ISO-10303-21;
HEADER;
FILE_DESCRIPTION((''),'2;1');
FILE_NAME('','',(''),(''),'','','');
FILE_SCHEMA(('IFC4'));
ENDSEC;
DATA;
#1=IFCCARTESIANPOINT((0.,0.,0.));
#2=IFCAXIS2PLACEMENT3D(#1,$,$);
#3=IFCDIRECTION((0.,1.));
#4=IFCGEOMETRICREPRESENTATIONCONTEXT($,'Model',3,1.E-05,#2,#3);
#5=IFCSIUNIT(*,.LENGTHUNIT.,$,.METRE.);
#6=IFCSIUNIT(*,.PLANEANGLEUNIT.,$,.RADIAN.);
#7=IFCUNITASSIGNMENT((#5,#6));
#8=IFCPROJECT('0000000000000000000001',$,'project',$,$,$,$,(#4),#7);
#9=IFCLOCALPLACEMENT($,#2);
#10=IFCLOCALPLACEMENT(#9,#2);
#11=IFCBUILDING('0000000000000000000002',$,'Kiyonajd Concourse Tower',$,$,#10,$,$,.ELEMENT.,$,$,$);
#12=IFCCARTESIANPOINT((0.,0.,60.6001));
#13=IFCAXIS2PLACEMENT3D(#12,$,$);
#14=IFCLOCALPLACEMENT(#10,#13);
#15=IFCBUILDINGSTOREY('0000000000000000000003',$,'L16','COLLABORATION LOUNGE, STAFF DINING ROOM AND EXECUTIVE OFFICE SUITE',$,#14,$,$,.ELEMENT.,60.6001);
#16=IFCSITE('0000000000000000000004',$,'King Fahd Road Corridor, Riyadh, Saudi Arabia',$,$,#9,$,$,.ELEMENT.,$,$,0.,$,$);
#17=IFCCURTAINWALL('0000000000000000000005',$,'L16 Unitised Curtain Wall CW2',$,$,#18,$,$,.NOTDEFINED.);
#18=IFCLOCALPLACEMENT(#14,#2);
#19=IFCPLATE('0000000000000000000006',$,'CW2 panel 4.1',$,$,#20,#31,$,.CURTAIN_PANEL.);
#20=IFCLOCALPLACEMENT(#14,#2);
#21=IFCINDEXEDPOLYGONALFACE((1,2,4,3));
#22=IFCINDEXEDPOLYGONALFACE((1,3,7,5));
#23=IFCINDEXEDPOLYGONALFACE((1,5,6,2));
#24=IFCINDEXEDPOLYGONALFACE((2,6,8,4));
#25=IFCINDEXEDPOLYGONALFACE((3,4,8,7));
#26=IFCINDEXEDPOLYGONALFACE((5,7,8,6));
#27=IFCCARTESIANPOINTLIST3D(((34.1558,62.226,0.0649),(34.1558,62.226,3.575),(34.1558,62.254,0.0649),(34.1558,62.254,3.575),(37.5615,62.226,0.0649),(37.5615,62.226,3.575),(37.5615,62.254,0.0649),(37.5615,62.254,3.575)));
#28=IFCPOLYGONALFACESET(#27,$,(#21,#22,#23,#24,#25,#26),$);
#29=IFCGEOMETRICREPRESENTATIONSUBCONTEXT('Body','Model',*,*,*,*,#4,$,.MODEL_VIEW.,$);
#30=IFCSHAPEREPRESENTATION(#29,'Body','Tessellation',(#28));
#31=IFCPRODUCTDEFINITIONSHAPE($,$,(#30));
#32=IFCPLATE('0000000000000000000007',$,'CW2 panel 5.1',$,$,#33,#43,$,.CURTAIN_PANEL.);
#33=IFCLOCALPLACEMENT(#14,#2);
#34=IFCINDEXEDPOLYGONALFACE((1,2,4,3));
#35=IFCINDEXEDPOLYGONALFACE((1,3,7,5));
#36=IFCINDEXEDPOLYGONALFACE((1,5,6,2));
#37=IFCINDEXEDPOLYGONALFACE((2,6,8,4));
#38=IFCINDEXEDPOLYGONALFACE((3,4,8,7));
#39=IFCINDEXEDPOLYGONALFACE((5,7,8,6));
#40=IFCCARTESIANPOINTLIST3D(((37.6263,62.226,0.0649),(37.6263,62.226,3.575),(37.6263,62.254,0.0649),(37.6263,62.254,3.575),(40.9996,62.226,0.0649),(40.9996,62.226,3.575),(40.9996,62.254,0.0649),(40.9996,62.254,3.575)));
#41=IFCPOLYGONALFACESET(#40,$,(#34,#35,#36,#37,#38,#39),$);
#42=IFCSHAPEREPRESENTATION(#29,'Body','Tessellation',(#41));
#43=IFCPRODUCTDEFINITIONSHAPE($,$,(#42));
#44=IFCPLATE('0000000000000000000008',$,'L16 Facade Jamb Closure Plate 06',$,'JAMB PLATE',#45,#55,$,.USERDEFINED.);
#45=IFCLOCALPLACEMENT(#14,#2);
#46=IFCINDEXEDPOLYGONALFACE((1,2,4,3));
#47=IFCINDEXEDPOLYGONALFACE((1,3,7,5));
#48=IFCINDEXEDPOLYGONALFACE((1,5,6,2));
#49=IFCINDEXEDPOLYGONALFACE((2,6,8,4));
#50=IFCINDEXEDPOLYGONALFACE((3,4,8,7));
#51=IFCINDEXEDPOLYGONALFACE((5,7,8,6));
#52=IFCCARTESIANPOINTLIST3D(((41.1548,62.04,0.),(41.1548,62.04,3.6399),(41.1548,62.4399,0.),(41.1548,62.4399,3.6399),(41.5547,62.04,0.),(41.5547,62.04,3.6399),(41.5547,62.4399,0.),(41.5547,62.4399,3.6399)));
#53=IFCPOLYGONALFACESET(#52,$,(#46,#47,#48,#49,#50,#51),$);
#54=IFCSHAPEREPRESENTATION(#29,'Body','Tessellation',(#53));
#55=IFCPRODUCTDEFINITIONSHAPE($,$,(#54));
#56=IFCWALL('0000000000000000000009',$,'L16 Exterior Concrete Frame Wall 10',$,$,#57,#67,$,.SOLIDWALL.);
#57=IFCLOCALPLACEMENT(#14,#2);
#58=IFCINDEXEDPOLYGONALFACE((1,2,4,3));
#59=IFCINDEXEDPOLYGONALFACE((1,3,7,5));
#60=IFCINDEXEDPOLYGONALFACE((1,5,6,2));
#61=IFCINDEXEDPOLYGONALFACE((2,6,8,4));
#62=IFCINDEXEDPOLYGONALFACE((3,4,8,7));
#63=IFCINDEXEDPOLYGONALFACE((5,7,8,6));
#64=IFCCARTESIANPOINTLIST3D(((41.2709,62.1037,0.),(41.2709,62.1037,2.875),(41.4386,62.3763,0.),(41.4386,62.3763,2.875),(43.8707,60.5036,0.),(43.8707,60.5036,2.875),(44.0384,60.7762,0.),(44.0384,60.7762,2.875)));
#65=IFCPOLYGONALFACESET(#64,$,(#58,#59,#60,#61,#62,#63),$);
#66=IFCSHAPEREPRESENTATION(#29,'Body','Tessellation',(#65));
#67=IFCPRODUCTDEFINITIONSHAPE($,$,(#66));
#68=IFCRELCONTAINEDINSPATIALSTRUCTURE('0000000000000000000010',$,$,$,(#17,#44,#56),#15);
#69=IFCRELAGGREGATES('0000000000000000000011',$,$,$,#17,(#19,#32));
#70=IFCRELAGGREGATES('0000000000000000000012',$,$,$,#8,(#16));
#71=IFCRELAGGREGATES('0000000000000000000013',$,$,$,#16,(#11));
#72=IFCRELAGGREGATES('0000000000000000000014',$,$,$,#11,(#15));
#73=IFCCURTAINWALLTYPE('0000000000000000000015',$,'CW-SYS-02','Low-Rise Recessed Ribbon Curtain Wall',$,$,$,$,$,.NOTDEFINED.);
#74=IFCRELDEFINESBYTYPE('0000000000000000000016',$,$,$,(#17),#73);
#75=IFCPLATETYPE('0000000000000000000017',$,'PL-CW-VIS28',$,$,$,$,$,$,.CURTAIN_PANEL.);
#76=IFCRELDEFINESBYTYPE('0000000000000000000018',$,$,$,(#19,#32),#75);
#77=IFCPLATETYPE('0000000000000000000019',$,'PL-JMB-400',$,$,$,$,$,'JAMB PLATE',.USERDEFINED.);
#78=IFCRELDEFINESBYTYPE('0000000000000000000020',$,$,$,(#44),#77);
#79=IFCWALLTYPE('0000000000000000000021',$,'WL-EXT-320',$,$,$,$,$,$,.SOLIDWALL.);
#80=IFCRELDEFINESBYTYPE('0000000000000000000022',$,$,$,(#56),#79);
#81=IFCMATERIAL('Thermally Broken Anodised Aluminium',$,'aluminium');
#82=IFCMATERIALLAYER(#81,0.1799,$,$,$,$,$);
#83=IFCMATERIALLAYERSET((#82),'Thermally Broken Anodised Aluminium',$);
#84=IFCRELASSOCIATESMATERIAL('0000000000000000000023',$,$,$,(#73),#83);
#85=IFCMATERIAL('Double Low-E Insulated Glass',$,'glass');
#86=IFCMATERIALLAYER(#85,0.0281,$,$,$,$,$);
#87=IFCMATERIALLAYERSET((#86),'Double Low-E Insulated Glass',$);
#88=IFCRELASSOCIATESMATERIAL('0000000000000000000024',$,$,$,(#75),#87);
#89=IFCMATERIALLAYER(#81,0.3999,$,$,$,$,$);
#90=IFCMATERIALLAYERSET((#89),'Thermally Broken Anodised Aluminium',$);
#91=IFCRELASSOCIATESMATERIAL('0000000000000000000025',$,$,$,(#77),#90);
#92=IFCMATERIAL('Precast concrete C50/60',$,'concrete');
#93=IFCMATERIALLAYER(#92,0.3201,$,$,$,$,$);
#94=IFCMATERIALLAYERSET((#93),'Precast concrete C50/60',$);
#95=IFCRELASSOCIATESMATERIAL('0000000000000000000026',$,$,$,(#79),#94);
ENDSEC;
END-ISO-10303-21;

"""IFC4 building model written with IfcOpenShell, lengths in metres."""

from ifc_helpers import new_model, si_unit, direction, frame, frame_2d, origin, origin_2d, place, context, subcontext, project, spatial, rectangle, extrude, material, layer, layer_set, type_object, element, aggregate, save


model = new_model("IFC4")

# Units and contexts
model_context = context("Model", 3, precision=1e-05, world=origin(), true_north=direction((0.0, 1.0)))
body_context = subcontext(model_context, "Body", "Model", "MODEL_VIEW")
ifc_project = project(units=[si_unit("LENGTHUNIT", "METRE"), si_unit("PLANEANGLEUNIT", "RADIAN")], contexts=[model_context])

# Site, building, storey
site_placement = place(None, origin())
site = spatial("IfcSite", under=ifc_project, at=site_placement, Name="King Fahd Road Corridor, Riyadh, Saudi Arabia", CompositionType="ELEMENT", RefElevation=0.0)
building_placement = place(site_placement, origin())
building = spatial("IfcBuilding", under=site, at=building_placement, Name="Kiyonajd Concourse Tower", CompositionType="ELEMENT")
storey_placement = place(building_placement, frame((0.0, 0.0, 60.6001)))
storey = spatial("IfcBuildingStorey", under=building, at=storey_placement, Name="L16", Description="COLLABORATION LOUNGE, STAFF DINING ROOM AND EXECUTIVE OFFICE SUITE", CompositionType="ELEMENT", Elevation=60.6001)

# Shared definitions
ifc_material_1 = material(Name="Precast concrete C50/60", Category="concrete")

# Curtain wall, plates
ifc_material_2 = material(Name="Thermally Broken Anodised Aluminium", Category="aluminium")
ifc_layer_1 = layer(ifc_material_2, 0.1799)
ifc_layer_set_1 = layer_set([ifc_layer_1], Name="Thermally Broken Anodised Aluminium")
curtain_wall_type = type_object("IfcCurtainWallType", Name="CW-SYS-02", Description="Low-Rise Recessed Ribbon Curtain Wall", PredefinedType="NOTDEFINED", material=ifc_layer_set_1)
curtain_wall_placement = place(storey_placement, origin())
curtain_wall = element("IfcCurtainWall", 1, at=curtain_wall_placement, inside=storey, type_object=curtain_wall_type, Name="L16 Unitised Curtain Wall CW2", PredefinedType="NOTDEFINED")
ifc_material_3 = material(Name="Double Low-E Insulated Glass", Category="glass")
ifc_layer_2 = layer(ifc_material_3, 0.0281)
ifc_layer_set_2 = layer_set([ifc_layer_2], Name="Double Low-E Insulated Glass")
plate_type_1 = type_object("IfcPlateType", Name="PL-CW-VIS28", PredefinedType="CURTAIN_PANEL", material=ifc_layer_set_2)
plate_1_placement = place(storey_placement, frame((35.8586, 62.24, 0.0649), z_axis=(0.0, 0.0, 1.0), x_axis=(1.0, 0.0, 0.0)))
plate_1 = element("IfcPlate", 2, at=plate_1_placement, type_object=plate_type_1, Name="CW2 panel 4.1", PredefinedType="CURTAIN_PANEL", context=body_context, shape_type="SweptSolid", body=[
    extrude(rectangle(XDim=3.4058, YDim=0.0281, at=origin_2d()), origin(), (0.0, 0.0, 1.0), 3.51),
])
plate_2_placement = place(storey_placement, frame((39.313, 62.24, 0.0649), z_axis=(0.0, 0.0, 1.0), x_axis=(1.0, 0.0, 0.0)))
plate_2 = element("IfcPlate", 3, at=plate_2_placement, type_object=plate_type_1, Name="CW2 panel 5.1", PredefinedType="CURTAIN_PANEL", context=body_context, shape_type="SweptSolid", body=[
    extrude(rectangle(XDim=3.3733, YDim=0.0281, at=origin_2d()), origin(), (0.0, 0.0, 1.0), 3.51),
])
aggregate(curtain_wall, [plate_1, plate_2])

# Plate
ifc_layer_3 = layer(ifc_material_2, 0.3999)
ifc_layer_set_3 = layer_set([ifc_layer_3], Name="Thermally Broken Anodised Aluminium")
plate_type_2 = type_object("IfcPlateType", Name="PL-JMB-400", ElementType="JAMB PLATE", PredefinedType="USERDEFINED", material=ifc_layer_set_3)
plate_3_placement = place(storey_placement, frame((41.3547, 62.24, 0.0), z_axis=(0.0, 0.0, 1.0), x_axis=(1.0, 0.0, 0.0)))
element("IfcPlate", 4, at=plate_3_placement, inside=storey, type_object=plate_type_2, Name="L16 Facade Jamb Closure Plate 06", ObjectType="JAMB PLATE", PredefinedType="USERDEFINED", context=body_context, shape_type="SweptSolid", body=[
    extrude(rectangle(XDim=0.3999, YDim=0.3999, at=origin_2d()), origin(), (0.0, 0.0, 1.0), 3.6399),
])

# Wall
ifc_layer_4 = layer(ifc_material_1, 0.3201)
ifc_layer_set_4 = layer_set([ifc_layer_4], Name="Precast concrete C50/60")
wall_type = type_object("IfcWallType", Name="WL-EXT-320", PredefinedType="SOLIDWALL", material=ifc_layer_set_4)
wall_placement = place(storey_placement, frame((41.3547, 62.24, 0.0), z_axis=(0.0, 0.0, 1.0), x_axis=(0.851631, -0.524142, 0.0)))
element("IfcWall", 5, at=wall_placement, inside=storey, type_object=wall_type, Name="L16 Exterior Concrete Frame Wall 10", PredefinedType="SOLIDWALL", context=body_context, shape_type="SweptSolid", body=[
    extrude(rectangle(XDim=3.0527, YDim=0.3201, at=frame_2d((1.5264, 0.0))), origin(), (0.0, 0.0, 1.0), 2.875),
])

save(model, "model.ifc")
